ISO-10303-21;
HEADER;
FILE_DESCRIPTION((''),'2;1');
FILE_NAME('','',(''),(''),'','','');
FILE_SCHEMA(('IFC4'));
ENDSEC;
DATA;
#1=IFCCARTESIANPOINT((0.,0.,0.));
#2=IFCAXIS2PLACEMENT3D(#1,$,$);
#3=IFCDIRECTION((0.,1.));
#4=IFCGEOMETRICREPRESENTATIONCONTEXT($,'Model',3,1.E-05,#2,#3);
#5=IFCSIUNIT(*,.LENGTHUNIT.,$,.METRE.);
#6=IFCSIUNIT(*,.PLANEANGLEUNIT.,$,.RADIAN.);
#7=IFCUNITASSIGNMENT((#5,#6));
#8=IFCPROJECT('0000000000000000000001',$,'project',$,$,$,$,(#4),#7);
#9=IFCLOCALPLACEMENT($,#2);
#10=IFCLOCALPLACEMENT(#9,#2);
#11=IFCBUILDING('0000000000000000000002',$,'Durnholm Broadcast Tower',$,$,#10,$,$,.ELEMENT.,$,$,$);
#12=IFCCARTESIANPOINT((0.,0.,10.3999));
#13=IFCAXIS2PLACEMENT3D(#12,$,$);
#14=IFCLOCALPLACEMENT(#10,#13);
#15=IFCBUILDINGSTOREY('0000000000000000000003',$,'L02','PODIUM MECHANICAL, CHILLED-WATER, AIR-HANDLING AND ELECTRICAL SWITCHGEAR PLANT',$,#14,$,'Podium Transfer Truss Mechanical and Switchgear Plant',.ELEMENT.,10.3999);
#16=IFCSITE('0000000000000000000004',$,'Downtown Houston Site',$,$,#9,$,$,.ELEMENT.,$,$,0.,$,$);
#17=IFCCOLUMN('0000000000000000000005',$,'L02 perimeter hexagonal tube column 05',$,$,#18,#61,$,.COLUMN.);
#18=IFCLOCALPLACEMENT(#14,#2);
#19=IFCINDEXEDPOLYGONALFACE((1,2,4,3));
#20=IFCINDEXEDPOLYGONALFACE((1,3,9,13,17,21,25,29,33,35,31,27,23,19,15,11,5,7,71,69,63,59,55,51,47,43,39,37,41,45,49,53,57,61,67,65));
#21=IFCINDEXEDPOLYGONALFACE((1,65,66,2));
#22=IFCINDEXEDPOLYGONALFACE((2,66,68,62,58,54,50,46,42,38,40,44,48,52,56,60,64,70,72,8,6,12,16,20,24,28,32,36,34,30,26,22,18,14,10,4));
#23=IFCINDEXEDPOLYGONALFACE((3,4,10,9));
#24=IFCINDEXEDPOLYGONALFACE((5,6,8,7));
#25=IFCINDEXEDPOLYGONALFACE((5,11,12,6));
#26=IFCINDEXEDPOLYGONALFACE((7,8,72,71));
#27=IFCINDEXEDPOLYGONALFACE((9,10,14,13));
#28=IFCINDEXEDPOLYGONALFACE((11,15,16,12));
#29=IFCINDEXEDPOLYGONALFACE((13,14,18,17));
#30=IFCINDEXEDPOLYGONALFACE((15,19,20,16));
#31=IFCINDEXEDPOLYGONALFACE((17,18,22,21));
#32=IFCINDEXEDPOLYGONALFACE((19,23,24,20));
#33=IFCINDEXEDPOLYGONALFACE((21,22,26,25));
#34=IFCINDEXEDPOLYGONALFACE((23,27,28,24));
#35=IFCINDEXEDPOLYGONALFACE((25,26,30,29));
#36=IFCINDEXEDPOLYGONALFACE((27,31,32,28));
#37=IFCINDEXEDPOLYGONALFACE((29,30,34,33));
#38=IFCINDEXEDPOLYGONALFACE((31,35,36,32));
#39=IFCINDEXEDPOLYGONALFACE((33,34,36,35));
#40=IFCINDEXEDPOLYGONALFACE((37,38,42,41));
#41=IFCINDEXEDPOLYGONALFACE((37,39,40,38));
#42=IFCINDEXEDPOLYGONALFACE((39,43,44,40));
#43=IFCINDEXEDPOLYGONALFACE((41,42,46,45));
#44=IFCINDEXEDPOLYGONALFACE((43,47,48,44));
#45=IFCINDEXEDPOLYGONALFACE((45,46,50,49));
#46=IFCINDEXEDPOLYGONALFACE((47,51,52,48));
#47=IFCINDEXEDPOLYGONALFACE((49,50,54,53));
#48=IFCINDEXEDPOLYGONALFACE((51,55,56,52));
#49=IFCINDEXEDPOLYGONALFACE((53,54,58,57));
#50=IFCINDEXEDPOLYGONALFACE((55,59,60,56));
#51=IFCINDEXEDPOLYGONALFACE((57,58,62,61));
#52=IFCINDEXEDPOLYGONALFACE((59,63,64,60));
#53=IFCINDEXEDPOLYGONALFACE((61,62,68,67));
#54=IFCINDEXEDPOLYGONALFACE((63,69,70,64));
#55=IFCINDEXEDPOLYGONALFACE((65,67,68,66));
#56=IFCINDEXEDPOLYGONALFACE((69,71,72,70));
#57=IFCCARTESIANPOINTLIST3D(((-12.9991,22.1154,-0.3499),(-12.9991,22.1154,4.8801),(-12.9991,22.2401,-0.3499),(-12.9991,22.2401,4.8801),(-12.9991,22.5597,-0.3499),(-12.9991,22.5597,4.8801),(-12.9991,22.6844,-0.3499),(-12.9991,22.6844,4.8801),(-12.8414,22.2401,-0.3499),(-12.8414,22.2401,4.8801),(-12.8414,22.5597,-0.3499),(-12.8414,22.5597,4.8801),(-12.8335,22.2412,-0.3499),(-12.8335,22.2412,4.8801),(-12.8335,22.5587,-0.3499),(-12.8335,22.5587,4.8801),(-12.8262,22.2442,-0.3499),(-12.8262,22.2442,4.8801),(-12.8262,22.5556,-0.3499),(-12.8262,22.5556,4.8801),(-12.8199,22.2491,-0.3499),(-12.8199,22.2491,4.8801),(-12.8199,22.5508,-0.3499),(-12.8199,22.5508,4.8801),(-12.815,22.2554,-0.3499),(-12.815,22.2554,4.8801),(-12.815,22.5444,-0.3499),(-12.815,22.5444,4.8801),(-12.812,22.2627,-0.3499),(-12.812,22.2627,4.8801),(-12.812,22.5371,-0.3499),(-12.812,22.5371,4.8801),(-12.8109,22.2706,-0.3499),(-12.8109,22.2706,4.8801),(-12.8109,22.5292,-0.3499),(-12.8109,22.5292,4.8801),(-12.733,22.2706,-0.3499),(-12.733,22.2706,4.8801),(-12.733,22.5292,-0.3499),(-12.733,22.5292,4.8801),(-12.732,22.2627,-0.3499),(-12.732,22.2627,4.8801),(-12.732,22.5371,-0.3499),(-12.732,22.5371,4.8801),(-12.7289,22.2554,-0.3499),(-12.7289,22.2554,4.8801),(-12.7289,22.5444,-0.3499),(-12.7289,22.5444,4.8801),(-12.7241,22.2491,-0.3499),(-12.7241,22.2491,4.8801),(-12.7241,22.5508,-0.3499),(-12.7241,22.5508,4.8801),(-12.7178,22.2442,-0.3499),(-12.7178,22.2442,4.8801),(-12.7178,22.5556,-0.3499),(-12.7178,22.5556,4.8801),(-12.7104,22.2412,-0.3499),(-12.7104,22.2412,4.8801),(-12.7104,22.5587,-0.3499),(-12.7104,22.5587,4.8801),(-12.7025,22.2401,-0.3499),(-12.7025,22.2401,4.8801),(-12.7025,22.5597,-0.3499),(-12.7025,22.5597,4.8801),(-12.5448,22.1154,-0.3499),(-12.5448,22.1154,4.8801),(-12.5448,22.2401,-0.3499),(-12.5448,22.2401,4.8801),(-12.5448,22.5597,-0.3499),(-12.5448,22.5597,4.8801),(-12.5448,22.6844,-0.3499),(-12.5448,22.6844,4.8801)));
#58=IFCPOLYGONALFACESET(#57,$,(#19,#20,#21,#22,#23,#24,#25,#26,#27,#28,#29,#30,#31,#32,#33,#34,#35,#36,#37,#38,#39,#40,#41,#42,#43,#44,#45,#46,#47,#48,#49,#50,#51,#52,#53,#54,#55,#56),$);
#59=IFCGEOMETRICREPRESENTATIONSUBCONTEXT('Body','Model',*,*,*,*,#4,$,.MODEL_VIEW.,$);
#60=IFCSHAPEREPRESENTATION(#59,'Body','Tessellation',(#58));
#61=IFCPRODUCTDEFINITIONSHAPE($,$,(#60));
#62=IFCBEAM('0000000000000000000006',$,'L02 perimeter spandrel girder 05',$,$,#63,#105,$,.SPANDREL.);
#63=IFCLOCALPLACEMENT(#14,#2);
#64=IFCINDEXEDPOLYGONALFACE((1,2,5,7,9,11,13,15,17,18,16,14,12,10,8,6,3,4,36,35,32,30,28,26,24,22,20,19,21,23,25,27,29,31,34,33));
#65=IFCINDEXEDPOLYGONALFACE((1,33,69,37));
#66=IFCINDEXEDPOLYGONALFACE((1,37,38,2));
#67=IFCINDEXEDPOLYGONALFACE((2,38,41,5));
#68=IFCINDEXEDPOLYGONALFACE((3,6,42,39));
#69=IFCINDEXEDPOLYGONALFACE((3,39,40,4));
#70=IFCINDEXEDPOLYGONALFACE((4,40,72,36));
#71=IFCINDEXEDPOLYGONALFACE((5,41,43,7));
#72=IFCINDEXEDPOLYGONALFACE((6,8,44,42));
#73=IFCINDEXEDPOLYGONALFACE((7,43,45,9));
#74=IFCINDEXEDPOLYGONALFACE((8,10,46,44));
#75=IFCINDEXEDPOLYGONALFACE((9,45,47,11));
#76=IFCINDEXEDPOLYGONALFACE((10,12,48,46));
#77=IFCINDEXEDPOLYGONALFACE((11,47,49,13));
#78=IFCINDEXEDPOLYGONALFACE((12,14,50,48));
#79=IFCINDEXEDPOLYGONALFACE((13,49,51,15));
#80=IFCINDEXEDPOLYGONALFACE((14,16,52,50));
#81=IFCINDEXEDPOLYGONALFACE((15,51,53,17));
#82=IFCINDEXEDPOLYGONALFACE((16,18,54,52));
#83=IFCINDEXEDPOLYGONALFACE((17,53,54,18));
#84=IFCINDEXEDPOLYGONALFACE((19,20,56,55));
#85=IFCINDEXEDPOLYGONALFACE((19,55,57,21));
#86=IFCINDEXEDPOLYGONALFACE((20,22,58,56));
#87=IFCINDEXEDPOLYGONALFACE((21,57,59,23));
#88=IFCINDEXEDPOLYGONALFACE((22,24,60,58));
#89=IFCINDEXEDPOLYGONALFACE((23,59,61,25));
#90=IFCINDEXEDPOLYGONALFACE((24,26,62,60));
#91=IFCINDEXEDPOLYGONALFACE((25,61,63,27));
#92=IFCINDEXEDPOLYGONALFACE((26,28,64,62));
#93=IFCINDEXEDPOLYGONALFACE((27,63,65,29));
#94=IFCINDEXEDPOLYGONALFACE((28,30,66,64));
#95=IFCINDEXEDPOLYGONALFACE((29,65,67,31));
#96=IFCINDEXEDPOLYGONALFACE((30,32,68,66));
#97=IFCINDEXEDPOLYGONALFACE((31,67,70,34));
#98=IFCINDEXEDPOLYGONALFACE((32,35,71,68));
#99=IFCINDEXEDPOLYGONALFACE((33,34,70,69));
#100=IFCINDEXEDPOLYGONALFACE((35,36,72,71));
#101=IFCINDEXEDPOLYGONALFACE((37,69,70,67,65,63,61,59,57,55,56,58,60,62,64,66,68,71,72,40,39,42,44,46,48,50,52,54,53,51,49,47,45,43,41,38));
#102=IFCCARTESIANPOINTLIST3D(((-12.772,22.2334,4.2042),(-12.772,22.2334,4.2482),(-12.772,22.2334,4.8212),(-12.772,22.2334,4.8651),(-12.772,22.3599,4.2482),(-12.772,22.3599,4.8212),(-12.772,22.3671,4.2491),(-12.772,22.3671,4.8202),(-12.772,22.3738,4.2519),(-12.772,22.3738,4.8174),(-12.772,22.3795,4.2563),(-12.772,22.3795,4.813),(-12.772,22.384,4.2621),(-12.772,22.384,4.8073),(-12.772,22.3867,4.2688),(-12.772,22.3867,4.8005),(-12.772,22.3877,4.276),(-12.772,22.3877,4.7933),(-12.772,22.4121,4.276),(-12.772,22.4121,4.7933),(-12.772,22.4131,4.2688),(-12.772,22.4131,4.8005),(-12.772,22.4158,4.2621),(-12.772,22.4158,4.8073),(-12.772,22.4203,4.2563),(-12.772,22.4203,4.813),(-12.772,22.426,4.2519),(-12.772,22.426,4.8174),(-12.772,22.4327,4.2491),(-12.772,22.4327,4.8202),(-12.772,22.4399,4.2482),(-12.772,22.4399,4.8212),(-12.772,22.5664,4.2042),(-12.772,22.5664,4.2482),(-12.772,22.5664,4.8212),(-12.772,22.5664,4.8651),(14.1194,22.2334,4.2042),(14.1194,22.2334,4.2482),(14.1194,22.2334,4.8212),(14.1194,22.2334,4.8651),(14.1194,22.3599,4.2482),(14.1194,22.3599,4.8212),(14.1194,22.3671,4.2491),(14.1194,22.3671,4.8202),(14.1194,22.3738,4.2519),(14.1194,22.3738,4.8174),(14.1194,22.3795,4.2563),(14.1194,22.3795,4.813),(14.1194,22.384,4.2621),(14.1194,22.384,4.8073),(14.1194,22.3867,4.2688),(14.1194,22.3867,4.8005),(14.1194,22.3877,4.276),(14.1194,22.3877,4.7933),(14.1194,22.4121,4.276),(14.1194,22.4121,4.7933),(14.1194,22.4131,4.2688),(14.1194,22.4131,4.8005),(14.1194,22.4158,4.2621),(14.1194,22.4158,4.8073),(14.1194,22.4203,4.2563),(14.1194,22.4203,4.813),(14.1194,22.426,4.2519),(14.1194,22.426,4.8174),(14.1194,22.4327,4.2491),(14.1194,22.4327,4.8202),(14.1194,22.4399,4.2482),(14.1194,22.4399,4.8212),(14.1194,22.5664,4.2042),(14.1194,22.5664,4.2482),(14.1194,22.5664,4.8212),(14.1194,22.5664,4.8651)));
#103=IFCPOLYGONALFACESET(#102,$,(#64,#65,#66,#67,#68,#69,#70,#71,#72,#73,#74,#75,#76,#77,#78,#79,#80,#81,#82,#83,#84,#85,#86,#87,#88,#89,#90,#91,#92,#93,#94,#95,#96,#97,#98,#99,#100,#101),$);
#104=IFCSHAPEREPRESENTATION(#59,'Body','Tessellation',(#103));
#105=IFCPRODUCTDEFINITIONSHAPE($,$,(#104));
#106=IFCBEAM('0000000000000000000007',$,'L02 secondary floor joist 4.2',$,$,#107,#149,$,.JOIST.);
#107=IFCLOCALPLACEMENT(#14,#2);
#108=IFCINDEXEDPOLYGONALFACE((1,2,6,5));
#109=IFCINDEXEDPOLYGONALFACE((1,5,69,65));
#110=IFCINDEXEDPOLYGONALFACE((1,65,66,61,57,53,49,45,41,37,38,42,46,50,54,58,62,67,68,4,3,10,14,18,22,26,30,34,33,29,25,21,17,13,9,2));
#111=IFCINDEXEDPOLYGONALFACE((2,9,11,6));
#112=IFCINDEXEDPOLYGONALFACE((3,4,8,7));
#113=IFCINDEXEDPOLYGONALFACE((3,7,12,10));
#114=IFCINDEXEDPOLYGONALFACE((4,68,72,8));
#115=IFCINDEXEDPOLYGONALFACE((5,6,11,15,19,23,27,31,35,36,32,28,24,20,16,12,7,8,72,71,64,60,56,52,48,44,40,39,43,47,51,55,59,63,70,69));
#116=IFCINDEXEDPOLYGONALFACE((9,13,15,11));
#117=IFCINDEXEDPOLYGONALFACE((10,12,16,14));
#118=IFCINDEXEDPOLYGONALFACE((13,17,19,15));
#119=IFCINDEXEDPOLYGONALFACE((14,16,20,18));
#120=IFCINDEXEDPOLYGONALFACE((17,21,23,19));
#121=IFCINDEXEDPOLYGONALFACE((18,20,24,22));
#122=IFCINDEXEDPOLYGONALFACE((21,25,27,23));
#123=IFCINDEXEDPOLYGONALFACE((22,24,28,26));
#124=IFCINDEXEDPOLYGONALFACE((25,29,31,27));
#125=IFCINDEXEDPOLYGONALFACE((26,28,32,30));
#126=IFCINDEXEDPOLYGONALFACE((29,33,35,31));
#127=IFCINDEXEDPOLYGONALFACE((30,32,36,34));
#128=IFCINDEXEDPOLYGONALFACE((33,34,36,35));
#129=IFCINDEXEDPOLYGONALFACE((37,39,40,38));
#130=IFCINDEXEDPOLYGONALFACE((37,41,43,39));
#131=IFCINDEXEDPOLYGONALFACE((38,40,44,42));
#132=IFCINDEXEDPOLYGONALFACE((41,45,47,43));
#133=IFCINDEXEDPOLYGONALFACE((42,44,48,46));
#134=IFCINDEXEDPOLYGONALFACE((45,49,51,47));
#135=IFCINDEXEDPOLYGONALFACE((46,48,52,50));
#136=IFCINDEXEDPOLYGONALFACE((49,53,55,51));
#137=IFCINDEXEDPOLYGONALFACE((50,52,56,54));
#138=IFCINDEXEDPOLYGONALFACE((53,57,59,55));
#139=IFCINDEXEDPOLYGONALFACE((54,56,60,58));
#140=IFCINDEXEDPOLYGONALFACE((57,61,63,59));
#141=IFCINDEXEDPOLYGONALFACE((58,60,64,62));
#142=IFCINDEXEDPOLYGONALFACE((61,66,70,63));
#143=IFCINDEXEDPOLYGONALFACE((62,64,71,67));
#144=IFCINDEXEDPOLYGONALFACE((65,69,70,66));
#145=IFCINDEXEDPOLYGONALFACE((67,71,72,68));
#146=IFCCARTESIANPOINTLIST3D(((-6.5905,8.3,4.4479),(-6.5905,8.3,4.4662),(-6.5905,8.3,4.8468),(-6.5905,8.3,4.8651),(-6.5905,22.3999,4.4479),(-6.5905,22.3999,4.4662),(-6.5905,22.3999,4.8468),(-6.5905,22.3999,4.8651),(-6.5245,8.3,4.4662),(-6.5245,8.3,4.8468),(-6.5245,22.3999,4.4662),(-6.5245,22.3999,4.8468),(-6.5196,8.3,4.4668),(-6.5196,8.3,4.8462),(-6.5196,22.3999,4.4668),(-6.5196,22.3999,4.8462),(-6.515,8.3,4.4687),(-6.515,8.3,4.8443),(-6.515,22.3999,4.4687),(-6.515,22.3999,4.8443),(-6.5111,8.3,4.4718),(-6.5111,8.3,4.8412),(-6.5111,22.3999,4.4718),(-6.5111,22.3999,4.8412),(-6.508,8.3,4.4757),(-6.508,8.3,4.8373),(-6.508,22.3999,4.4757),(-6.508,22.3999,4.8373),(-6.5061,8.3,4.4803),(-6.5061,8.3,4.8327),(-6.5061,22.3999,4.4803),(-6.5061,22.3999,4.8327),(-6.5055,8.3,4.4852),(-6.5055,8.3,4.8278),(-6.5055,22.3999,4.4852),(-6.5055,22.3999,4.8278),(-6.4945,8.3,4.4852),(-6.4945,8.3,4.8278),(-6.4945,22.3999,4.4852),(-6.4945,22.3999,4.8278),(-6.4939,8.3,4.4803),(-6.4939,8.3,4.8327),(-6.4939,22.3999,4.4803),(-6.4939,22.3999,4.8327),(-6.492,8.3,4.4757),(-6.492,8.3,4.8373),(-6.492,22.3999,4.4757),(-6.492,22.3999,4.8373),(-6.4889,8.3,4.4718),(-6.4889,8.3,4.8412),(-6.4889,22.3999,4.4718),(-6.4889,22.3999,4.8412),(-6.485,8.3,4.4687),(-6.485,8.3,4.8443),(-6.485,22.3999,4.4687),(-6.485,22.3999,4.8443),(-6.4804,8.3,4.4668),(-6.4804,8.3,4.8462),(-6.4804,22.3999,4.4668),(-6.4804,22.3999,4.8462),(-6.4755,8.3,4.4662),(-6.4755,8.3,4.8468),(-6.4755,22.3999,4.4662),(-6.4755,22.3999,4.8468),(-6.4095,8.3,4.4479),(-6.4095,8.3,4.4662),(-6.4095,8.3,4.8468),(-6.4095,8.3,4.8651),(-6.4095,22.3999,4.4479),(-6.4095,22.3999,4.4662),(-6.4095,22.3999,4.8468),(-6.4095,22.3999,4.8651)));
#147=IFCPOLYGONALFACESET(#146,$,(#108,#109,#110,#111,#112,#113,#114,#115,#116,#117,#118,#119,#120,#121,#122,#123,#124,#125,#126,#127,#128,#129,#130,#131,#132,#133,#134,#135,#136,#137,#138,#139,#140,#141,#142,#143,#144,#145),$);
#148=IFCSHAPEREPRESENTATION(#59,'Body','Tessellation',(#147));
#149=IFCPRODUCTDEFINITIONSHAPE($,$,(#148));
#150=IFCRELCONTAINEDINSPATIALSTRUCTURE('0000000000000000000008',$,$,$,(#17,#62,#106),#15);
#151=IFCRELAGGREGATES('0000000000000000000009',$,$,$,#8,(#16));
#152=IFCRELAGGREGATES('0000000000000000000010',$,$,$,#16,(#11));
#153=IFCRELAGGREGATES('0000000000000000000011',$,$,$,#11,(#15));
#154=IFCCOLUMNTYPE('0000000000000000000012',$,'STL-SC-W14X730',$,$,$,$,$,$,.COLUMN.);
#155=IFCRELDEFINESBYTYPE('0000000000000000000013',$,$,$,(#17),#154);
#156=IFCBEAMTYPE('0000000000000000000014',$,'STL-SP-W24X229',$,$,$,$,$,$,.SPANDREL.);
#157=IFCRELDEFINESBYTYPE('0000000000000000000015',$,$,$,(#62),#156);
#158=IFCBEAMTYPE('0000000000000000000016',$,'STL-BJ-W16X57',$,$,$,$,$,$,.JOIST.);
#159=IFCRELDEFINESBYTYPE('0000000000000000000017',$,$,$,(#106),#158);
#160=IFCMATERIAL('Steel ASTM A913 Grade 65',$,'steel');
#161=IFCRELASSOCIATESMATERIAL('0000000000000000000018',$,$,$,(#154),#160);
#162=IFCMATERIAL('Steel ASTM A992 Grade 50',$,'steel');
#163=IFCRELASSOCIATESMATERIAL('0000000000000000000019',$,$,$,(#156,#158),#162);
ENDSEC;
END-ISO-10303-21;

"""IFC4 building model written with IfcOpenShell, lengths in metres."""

from ifc_helpers import new_model, si_unit, direction, frame, origin, origin_2d, place, context, subcontext, project, spatial, i_section, extrude, source, transform, mapped, material, material_profile, profile_set, type_object, type_shapes, element, save


model = new_model("IFC4")

# Units and contexts
model_context = context("Model", 3, precision=1e-05, world=origin(), true_north=direction((0.0, 1.0)))
body_context = subcontext(model_context, "Body", "Model", "MODEL_VIEW")
ifc_project = project(units=[si_unit("LENGTHUNIT", "METRE"), si_unit("PLANEANGLEUNIT", "RADIAN")], contexts=[model_context])

# Site, building, storey
site_placement = place(None, origin())
site = spatial("IfcSite", under=ifc_project, at=site_placement, Name="Downtown Houston Site", CompositionType="ELEMENT", RefElevation=0.0)
building_placement = place(site_placement, origin())
building = spatial("IfcBuilding", under=site, at=building_placement, Name="Durnholm Broadcast Tower", CompositionType="ELEMENT")
storey_placement = place(building_placement, frame((0.0, 0.0, 10.3999)))
storey = spatial("IfcBuildingStorey", under=building, at=storey_placement, Name="L02", Description="PODIUM MECHANICAL, CHILLED-WATER, AIR-HANDLING AND ELECTRICAL SWITCHGEAR PLANT", LongName="Podium Transfer Truss Mechanical and Switchgear Plant", CompositionType="ELEMENT", Elevation=10.3999)

# Column
ifc_material_1 = material(Name="Steel ASTM A913 Grade 65", Category="steel")
ifc_material_profile_1 = material_profile(ifc_material_1, i_section(OverallWidth=0.4543, OverallDepth=0.5691, WebThickness=0.0779, FlangeThickness=0.1248, FilletRadius=0.0305, at=origin_2d()), Name="W14X730")
ifc_profile_set_1 = profile_set([ifc_material_profile_1], Name="Steel ASTM A913 Grade 65")
column_type = type_object("IfcColumnType", Name="STL-SC-W14X730", PredefinedType="COLUMN", material=ifc_profile_set_1)
shared_shape_1 = source(origin(), body_context, "Body", "SweptSolid", [
    extrude(i_section(OverallWidth=0.4543, OverallDepth=0.5691, WebThickness=0.0779, FlangeThickness=0.1248, FilletRadius=0.0305, at=origin_2d()), origin(), (0.0, 0.0, 1.0), 5.23),
])
type_shapes(column_type, [shared_shape_1])
column_placement = place(storey_placement, frame((-12.772, 22.3999, -0.3499), z_axis=(0.0, 0.0, 1.0), x_axis=(1.0, 0.0, 0.0)))
element("IfcColumn", 1, at=column_placement, inside=storey, type_object=column_type, Name="L02 perimeter hexagonal tube column 05", PredefinedType="COLUMN", context=body_context, shape_type="MappedRepresentation", body=[
    mapped(shared_shape_1, transform((0.0, 0.0, 0.0), x_axis=(1.0, 0.0, 0.0), y_axis=(0.0, 1.0, 0.0), z_axis=(0.0, 0.0, 1.0), scale=1.0)),
])

# Beams
ifc_material_2 = material(Name="Steel ASTM A992 Grade 50", Category="steel")
ifc_material_profile_2 = material_profile(ifc_material_2, i_section(OverallWidth=0.333, OverallDepth=0.6609, WebThickness=0.0244, FlangeThickness=0.0439, FilletRadius=0.0278, at=origin_2d()), Name="W24X229")
ifc_profile_set_2 = profile_set([ifc_material_profile_2], Name="Steel ASTM A992 Grade 50")
beam_type_1 = type_object("IfcBeamType", Name="STL-SP-W24X229", PredefinedType="SPANDREL", material=ifc_profile_set_2)
shared_shape_2 = source(origin(), body_context, "Body", "SweptSolid", [
    extrude(i_section(OverallWidth=0.333, OverallDepth=0.6609, WebThickness=0.0244, FlangeThickness=0.0439, FilletRadius=0.0278, at=origin_2d()), origin(), (0.0, 0.0, 1.0), 26.8914),
])
type_shapes(beam_type_1, [shared_shape_2])
beam_1_placement = place(storey_placement, frame((-12.772, 22.3999, 4.5347), z_axis=(1.0, 0.0, 0.0), x_axis=(0.0, 1.0, 0.0)))
element("IfcBeam", 2, at=beam_1_placement, inside=storey, type_object=beam_type_1, Name="L02 perimeter spandrel girder 05", PredefinedType="SPANDREL", context=body_context, shape_type="MappedRepresentation", body=[
    mapped(shared_shape_2, transform((0.0, 0.0, 0.0), x_axis=(1.0, 0.0, 0.0), y_axis=(0.0, 1.0, 0.0), z_axis=(0.0, 0.0, 1.0), scale=1.0)),
])
ifc_material_profile_3 = material_profile(ifc_material_2, i_section(OverallWidth=0.1809, OverallDepth=0.4172, WebThickness=0.011, FlangeThickness=0.0183, FilletRadius=0.019, at=origin_2d()), Name="W16X57")
ifc_profile_set_3 = profile_set([ifc_material_profile_3], Name="Steel ASTM A992 Grade 50")
beam_type_2 = type_object("IfcBeamType", Name="STL-BJ-W16X57", PredefinedType="JOIST", material=ifc_profile_set_3)
shared_shape_3 = source(origin(), body_context, "Body", "SweptSolid", [
    extrude(i_section(OverallWidth=0.1809, OverallDepth=0.4172, WebThickness=0.011, FlangeThickness=0.0183, FilletRadius=0.019, at=origin_2d()), origin(), (0.0, 0.0, 1.0), 14.0999),
])
type_shapes(beam_type_2, [shared_shape_3])
for number, where, z_axis, x_axis, name in (
    (3, (-6.5, 8.3, 4.6565), (0.0, 1.0, 0.0), (-1.0, 0.0, 0.0), "L02 secondary floor joist 4.2"),
):
    element("IfcBeam", number, at=place(storey_placement, frame(where, z_axis=z_axis, x_axis=x_axis)), inside=storey, type_object=beam_type_2, Name=name, PredefinedType="JOIST", context=body_context, shape_type="MappedRepresentation", body=[
        mapped(shared_shape_3, transform((0.0, 0.0, 0.0), x_axis=(1.0, 0.0, 0.0), y_axis=(0.0, 1.0, 0.0), z_axis=(0.0, 0.0, 1.0), scale=1.0)),
    ])

save(model, "model.ifc")
